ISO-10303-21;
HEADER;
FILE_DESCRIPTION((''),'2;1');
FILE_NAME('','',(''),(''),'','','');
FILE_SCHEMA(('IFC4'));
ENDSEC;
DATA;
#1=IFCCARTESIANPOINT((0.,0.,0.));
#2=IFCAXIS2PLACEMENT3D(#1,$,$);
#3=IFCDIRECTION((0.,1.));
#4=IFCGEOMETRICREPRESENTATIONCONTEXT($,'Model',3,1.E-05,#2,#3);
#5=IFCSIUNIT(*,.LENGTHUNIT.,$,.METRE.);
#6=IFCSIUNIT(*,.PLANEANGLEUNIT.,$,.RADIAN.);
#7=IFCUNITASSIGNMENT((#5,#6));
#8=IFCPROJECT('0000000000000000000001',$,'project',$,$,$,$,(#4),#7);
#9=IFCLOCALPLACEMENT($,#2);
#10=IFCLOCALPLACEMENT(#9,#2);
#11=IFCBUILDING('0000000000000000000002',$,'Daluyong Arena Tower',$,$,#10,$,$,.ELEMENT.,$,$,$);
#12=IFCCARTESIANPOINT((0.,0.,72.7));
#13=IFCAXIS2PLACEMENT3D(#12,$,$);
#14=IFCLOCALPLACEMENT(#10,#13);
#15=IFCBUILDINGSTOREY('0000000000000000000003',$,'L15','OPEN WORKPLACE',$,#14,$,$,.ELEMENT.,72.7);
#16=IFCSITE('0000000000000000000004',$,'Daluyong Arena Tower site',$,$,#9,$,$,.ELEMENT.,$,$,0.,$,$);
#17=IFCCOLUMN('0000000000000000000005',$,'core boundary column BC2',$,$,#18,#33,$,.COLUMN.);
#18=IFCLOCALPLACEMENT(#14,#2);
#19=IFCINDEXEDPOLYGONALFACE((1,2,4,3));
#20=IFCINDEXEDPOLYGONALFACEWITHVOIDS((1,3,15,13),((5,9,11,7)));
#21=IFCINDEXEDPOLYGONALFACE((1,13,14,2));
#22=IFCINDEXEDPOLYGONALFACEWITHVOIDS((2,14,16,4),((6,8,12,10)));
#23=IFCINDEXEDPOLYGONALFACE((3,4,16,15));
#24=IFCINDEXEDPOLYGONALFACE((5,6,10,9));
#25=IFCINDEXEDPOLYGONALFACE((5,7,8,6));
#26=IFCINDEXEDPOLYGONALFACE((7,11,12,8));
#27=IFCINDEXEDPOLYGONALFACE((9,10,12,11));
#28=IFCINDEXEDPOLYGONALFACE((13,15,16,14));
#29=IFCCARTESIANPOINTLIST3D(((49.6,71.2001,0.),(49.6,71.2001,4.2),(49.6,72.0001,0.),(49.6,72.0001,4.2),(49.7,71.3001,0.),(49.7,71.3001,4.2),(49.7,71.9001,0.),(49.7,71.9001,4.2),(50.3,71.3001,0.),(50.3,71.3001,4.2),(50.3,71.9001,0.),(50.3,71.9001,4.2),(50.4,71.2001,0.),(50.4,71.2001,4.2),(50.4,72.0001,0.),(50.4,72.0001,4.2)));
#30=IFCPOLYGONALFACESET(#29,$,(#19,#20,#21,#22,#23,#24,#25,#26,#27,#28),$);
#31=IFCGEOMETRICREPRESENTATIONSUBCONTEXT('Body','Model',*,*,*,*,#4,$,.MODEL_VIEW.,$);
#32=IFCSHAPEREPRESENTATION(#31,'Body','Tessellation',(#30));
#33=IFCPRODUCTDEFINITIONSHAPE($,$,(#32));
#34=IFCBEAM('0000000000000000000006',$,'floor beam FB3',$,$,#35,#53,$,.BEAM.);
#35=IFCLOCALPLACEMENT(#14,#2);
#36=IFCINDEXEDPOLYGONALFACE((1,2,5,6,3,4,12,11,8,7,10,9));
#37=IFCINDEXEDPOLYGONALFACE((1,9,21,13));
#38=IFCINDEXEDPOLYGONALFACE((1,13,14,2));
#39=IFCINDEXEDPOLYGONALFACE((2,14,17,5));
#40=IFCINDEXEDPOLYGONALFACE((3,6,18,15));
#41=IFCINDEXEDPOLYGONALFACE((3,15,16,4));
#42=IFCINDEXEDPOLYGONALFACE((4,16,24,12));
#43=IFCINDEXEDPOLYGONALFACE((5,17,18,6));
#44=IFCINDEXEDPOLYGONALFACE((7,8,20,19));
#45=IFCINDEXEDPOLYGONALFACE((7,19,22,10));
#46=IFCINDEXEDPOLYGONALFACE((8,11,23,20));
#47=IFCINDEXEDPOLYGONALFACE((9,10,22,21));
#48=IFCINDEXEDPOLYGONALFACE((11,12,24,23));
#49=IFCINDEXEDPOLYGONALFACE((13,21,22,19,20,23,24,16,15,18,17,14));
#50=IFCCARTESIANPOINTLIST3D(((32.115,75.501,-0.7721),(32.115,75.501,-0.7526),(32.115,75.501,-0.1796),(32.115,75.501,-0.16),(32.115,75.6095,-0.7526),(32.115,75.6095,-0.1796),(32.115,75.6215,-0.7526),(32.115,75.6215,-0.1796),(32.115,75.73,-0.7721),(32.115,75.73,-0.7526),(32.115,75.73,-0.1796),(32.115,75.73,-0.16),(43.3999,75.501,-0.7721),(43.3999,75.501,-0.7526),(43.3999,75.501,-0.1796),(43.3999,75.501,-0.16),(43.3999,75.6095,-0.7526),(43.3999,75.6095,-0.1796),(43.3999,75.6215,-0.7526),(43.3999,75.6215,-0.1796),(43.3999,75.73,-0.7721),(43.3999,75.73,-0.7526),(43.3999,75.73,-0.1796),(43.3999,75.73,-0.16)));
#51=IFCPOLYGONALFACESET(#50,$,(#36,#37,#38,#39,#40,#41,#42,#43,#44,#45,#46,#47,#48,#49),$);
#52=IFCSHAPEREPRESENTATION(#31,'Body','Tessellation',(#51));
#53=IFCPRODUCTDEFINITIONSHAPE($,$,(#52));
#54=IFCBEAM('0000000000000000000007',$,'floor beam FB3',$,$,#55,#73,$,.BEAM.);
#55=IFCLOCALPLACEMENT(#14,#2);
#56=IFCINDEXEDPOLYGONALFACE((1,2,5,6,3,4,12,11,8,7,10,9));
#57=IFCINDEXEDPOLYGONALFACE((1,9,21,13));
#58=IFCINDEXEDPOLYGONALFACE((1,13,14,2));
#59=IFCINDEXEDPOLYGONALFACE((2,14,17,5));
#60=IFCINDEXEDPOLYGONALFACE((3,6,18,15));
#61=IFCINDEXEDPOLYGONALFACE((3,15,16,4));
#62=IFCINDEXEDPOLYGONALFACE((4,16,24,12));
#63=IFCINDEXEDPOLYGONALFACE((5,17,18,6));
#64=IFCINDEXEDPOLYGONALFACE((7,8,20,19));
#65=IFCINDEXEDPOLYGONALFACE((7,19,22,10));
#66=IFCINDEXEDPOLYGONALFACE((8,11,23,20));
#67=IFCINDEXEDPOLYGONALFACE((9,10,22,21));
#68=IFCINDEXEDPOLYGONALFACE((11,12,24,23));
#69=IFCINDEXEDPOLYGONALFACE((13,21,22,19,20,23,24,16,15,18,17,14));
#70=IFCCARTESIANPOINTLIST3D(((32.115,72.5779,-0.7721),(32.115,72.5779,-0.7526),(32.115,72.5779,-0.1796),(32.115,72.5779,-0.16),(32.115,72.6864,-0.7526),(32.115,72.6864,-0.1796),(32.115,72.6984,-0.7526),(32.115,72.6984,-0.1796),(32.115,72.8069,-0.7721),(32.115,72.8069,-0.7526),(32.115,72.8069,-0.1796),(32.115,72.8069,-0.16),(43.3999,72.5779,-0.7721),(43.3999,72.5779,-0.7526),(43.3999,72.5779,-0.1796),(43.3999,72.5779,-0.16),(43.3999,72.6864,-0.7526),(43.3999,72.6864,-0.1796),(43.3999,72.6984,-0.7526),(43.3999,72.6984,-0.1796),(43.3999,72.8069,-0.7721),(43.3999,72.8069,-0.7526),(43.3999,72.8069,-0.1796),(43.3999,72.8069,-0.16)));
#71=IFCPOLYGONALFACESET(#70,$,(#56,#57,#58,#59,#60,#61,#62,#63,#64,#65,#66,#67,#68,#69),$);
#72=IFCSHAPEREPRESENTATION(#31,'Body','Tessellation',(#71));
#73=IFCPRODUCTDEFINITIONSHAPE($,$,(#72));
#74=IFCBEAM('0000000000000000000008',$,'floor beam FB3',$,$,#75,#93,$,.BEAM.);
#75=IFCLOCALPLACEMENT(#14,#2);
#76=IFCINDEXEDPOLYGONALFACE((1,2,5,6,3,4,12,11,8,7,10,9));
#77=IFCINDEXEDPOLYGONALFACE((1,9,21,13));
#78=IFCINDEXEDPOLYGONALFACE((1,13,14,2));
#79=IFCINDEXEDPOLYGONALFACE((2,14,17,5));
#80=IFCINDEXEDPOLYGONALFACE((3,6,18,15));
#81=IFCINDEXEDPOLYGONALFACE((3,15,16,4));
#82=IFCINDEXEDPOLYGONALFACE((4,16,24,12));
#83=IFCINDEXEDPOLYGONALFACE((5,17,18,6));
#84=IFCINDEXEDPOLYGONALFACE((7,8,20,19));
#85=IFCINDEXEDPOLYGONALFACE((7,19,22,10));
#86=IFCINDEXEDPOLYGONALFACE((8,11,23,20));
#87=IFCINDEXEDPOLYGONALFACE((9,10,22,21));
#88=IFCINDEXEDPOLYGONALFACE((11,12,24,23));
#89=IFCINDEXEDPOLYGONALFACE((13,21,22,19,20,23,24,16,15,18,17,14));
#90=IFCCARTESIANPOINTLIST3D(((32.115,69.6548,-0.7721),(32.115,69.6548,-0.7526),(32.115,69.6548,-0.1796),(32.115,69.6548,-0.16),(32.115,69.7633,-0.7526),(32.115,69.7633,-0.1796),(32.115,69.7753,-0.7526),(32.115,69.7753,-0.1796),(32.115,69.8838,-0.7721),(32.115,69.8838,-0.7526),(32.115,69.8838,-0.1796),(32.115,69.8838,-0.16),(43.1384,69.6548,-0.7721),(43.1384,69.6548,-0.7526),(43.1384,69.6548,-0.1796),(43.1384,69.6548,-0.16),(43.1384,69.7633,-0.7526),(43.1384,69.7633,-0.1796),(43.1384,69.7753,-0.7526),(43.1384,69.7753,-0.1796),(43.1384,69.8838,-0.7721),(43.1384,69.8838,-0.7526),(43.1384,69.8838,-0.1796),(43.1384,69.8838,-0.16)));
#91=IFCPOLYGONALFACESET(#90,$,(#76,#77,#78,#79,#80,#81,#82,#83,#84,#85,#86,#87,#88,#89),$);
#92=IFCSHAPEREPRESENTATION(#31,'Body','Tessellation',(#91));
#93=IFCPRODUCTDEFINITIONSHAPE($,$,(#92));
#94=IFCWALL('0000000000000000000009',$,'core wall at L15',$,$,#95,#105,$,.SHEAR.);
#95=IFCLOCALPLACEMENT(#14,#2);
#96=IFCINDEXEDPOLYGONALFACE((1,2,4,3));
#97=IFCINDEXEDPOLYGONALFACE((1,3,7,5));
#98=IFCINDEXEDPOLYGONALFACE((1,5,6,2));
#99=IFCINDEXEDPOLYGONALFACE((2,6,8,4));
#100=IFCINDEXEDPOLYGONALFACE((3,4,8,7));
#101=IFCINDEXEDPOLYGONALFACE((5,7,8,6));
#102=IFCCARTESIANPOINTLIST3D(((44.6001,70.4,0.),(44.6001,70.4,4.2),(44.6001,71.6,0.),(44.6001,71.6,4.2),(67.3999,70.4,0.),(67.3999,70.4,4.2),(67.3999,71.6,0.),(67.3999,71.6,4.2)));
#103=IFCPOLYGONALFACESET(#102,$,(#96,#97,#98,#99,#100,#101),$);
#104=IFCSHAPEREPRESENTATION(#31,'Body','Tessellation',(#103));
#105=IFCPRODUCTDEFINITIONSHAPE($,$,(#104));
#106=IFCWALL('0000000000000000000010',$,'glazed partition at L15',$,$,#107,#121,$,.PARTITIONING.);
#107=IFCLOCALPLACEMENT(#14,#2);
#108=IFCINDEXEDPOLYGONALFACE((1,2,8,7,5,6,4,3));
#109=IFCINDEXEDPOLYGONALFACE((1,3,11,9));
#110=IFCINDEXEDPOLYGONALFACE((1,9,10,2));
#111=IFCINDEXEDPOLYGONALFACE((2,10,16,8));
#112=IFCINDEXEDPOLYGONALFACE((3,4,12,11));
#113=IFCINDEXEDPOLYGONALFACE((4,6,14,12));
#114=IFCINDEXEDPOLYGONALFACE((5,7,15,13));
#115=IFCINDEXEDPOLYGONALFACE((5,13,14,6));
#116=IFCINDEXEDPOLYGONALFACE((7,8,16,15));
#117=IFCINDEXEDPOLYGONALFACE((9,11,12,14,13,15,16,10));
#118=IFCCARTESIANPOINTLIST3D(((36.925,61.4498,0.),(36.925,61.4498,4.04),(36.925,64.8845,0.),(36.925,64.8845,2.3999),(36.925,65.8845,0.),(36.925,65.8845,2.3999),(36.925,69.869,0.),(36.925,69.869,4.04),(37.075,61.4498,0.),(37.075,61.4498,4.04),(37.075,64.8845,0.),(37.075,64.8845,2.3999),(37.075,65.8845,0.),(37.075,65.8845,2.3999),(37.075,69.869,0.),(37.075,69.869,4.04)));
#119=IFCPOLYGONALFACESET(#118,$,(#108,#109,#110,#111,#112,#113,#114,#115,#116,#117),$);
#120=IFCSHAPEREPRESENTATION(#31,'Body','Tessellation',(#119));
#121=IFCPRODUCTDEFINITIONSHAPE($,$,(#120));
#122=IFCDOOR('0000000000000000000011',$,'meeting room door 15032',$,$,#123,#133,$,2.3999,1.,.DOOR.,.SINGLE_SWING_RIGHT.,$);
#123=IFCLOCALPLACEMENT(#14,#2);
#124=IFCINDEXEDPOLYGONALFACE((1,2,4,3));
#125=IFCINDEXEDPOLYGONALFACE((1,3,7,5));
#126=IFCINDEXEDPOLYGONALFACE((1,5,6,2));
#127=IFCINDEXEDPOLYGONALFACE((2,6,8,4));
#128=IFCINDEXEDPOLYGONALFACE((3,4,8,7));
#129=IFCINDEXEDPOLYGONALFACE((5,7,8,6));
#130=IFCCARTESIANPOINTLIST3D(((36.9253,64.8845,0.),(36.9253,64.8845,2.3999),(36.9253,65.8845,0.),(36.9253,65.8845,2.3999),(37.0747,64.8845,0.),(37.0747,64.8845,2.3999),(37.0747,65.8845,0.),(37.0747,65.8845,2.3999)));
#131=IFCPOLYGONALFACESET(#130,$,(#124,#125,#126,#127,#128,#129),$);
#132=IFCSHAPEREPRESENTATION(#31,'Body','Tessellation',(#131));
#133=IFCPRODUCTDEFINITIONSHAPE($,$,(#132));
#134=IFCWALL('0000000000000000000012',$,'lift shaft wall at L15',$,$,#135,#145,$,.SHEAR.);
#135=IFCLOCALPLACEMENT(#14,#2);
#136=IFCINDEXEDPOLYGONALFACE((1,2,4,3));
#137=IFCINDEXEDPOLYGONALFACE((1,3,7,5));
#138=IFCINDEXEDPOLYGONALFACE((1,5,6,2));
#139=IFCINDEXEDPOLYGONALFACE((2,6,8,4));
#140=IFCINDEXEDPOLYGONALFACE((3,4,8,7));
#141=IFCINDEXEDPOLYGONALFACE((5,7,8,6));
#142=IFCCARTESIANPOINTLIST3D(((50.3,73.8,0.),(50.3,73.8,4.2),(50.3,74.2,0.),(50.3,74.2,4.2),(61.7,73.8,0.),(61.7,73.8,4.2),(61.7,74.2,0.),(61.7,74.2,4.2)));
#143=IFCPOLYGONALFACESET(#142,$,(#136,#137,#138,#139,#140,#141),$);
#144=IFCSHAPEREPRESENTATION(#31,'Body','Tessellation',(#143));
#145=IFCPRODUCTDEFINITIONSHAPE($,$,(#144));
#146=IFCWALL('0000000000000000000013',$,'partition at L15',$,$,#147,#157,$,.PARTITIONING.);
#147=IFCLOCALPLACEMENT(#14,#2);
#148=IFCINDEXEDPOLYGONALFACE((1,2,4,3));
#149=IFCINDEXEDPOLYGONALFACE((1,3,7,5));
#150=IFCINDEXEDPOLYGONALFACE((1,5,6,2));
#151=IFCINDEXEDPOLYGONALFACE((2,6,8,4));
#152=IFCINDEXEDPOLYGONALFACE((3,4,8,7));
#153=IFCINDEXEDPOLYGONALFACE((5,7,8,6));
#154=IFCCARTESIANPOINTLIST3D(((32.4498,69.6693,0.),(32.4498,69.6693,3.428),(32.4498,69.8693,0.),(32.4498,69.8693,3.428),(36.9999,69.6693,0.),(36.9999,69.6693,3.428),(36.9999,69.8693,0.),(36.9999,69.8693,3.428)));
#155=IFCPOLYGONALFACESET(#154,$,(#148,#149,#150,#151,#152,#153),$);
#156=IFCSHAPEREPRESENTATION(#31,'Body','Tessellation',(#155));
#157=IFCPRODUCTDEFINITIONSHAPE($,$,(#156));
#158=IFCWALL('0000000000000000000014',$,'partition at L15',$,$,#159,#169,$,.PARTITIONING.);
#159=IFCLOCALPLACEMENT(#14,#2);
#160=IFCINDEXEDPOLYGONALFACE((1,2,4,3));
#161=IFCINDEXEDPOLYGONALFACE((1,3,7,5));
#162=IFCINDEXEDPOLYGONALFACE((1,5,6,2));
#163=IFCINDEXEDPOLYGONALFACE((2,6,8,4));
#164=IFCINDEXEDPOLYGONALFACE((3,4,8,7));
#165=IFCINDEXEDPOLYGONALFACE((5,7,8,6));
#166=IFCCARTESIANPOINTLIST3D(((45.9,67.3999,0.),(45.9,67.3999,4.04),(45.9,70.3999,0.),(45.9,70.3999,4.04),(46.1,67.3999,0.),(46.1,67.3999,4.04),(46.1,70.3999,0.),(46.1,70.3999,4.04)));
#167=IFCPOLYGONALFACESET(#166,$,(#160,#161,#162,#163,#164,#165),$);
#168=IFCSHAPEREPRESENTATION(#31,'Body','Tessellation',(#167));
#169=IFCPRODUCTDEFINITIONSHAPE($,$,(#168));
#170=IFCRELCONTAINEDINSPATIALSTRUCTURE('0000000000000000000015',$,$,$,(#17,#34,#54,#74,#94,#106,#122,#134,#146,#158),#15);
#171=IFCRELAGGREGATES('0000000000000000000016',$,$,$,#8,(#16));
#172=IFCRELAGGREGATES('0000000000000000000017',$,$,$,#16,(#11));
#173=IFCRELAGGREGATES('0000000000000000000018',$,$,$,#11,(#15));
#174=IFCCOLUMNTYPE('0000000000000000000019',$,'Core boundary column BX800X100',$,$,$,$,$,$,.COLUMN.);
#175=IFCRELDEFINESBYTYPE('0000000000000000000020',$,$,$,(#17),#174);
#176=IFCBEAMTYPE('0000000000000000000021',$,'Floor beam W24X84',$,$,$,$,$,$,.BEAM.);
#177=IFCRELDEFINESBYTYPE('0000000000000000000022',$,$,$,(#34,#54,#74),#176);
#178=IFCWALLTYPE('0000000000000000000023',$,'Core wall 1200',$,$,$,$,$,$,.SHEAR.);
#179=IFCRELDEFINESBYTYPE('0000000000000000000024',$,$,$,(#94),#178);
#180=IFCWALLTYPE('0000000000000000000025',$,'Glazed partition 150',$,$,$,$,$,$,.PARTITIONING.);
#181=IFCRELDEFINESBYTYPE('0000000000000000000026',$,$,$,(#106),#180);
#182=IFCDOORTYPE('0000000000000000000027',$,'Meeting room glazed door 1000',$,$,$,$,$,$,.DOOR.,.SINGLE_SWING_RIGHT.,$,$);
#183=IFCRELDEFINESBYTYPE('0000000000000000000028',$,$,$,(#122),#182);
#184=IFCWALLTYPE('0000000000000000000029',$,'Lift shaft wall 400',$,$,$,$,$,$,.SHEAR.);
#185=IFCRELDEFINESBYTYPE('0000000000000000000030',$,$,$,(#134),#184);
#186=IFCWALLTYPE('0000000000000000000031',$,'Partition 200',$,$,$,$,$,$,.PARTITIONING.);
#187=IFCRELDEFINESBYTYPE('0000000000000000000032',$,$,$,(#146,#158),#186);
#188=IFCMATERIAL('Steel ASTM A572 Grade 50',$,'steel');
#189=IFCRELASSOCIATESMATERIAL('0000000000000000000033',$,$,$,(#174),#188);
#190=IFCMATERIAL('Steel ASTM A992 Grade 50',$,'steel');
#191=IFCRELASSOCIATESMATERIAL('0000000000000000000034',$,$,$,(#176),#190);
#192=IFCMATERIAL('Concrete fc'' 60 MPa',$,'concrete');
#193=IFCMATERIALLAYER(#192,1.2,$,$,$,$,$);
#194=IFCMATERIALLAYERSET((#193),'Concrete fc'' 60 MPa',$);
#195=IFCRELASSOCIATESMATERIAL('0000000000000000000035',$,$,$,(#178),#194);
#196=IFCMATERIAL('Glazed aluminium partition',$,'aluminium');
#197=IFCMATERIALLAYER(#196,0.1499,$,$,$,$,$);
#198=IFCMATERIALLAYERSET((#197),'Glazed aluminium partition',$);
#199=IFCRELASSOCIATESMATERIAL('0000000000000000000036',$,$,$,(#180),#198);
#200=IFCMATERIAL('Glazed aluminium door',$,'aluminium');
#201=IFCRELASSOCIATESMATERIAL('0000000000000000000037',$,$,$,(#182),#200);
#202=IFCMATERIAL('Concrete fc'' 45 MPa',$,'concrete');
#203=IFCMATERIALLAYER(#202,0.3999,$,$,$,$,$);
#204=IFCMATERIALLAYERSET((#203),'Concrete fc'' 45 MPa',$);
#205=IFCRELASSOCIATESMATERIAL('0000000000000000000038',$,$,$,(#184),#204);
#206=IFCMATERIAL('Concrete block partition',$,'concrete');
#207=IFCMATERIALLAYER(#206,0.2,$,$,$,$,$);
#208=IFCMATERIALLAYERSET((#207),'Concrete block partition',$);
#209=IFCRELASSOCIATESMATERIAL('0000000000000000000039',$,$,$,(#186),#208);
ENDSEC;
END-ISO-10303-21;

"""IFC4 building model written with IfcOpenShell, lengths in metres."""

from ifc_helpers import new_model, si_unit, direction, frame, frame_2d, origin, origin_2d, place, context, subcontext, project, spatial, rectangle, hollow_rectangle, i_section, extrude, material, layer, layer_set, material_profile, profile_set, type_object, element, fill, save


model = new_model("IFC4")

# Units and contexts
model_context = context("Model", 3, precision=1e-05, world=origin(), true_north=direction((0.0, 1.0)))
body_context = subcontext(model_context, "Body", "Model", "MODEL_VIEW")
ifc_project = project(units=[si_unit("LENGTHUNIT", "METRE"), si_unit("PLANEANGLEUNIT", "RADIAN")], contexts=[model_context])

# Site, building, storey
site_placement = place(None, origin())
site = spatial("IfcSite", under=ifc_project, at=site_placement, Name="Daluyong Arena Tower site", CompositionType="ELEMENT", RefElevation=0.0)
building_placement = place(site_placement, origin())
building = spatial("IfcBuilding", under=site, at=building_placement, Name="Daluyong Arena Tower", CompositionType="ELEMENT")
storey_placement = place(building_placement, frame((0.0, 0.0, 72.7)))
storey = spatial("IfcBuildingStorey", under=building, at=storey_placement, Name="L15", Description="OPEN WORKPLACE", CompositionType="ELEMENT", Elevation=72.7)

# Column
ifc_material_1 = material(Name="Steel ASTM A572 Grade 50", Category="steel")
ifc_material_profile_1 = material_profile(ifc_material_1, hollow_rectangle(XDim=0.8, YDim=0.8, WallThickness=0.1, at=origin_2d()))
ifc_profile_set_1 = profile_set([ifc_material_profile_1], Name="Steel ASTM A572 Grade 50")
column_type = type_object("IfcColumnType", Name="Core boundary column BX800X100", PredefinedType="COLUMN", material=ifc_profile_set_1)
column_placement = place(storey_placement, frame((50.0, 71.6001, 0.0), z_axis=(0.0, 0.0, 1.0), x_axis=(1.0, 0.0, 0.0)))
element("IfcColumn", 1, at=column_placement, inside=storey, type_object=column_type, Name="core boundary column BC2", PredefinedType="COLUMN", context=body_context, shape_type="SweptSolid", body=[
    extrude(hollow_rectangle(XDim=0.8, YDim=0.8, WallThickness=0.1, at=origin_2d()), origin(), (0.0, 0.0, 1.0), 4.2),
])

# Beams
ifc_material_2 = material(Name="Steel ASTM A992 Grade 50", Category="steel")
ifc_material_profile_2 = material_profile(ifc_material_2, i_section(OverallWidth=0.229, OverallDepth=0.6121, WebThickness=0.012, FlangeThickness=0.0195, at=origin_2d()))
ifc_profile_set_2 = profile_set([ifc_material_profile_2], Name="Steel ASTM A992 Grade 50")
beam_type = type_object("IfcBeamType", Name="Floor beam W24X84", PredefinedType="BEAM", material=ifc_profile_set_2)
for number, where, z_axis, x_axis, name in (
    (2, (32.115, 75.6155, -0.4661), (1.0, 0.0, 0.0), (0.0, 1.0, 0.0), "floor beam FB3"),
    (3, (32.115, 72.6924, -0.4661), (1.0, 0.0, 0.0), (0.0, 1.0, 0.0), "floor beam FB3"),
):
    element("IfcBeam", number, at=place(storey_placement, frame(where, z_axis=z_axis, x_axis=x_axis)), inside=storey, type_object=beam_type, Name=name, PredefinedType="BEAM", context=body_context, shape_type="SweptSolid", body=[
        extrude(i_section(OverallWidth=0.229, OverallDepth=0.6121, WebThickness=0.012, FlangeThickness=0.0195, at=origin_2d()), origin(), (0.0, 0.0, 1.0), 11.2849),
    ])
beam_placement = place(storey_placement, frame((32.115, 69.7693, -0.4661), z_axis=(1.0, 0.0, 0.0), x_axis=(0.0, 1.0, 0.0)))
element("IfcBeam", 4, at=beam_placement, inside=storey, type_object=beam_type, Name="floor beam FB3", PredefinedType="BEAM", context=body_context, shape_type="SweptSolid", body=[
    extrude(i_section(OverallWidth=0.229, OverallDepth=0.6121, WebThickness=0.012, FlangeThickness=0.0195, at=origin_2d()), origin(), (0.0, 0.0, 1.0), 11.0234),
])

# Shared definitions
ifc_material_3 = material(Name="Concrete fc' 60 MPa", Category="concrete")
ifc_layer_1 = layer(ifc_material_3, 1.2)
ifc_layer_set_1 = layer_set([ifc_layer_1], Name="Concrete fc' 60 MPa")
wall_type_1 = type_object("IfcWallType", Name="Core wall 1200", PredefinedType="SHEAR", material=ifc_layer_set_1)

# Wall
wall_1_placement = place(storey_placement, frame((44.6001, 71.0, 0.0), z_axis=(0.0, 0.0, 1.0), x_axis=(1.0, 0.0, 0.0)))
element("IfcWall", 5, at=wall_1_placement, inside=storey, type_object=wall_type_1, Name="core wall at L15", PredefinedType="SHEAR", context=body_context, shape_type="SweptSolid", body=[
    extrude(rectangle(XDim=22.7998, YDim=1.2, at=frame_2d((11.3999, 0.0))), origin(), (0.0, 0.0, 1.0), 4.2),
])

# Wall, opening, door
ifc_material_4 = material(Name="Glazed aluminium partition", Category="aluminium")
ifc_layer_2 = layer(ifc_material_4, 0.1499)
ifc_layer_set_2 = layer_set([ifc_layer_2], Name="Glazed aluminium partition")
wall_type_2 = type_object("IfcWallType", Name="Glazed partition 150", PredefinedType="PARTITIONING", material=ifc_layer_set_2)
wall_2_placement = place(storey_placement, frame((37.0, 61.45, 0.0), z_axis=(0.0, 0.0, 1.0), x_axis=(0.0, 1.0, 0.0)))
wall_2 = element("IfcWall", 6, at=wall_2_placement, inside=storey, type_object=wall_type_2, Name="glazed partition at L15", PredefinedType="PARTITIONING", context=body_context, shape_type="SweptSolid", body=[
    extrude(rectangle(XDim=8.4192, YDim=0.1499, at=frame_2d((4.2095, 0.0))), origin(), (0.0, 0.0, 1.0), 4.04),
])
opening_1_placement = place(wall_2_placement, frame((3.4346, 0.0, 0.0)))
opening_1 = element("IfcOpeningElement", 7, at=opening_1_placement, cuts=wall_2, PredefinedType="OPENING", context=body_context, shape_type="SweptSolid", body=[
    extrude(rectangle(XDim=1.0, YDim=2.3999, at=frame_2d((0.5, 1.2))), frame((0.0, 0.085, 0.0), z_axis=(0.0, -1.0, 0.0), x_axis=(1.0, 0.0, 0.0)), (0.0, 0.0, 1.0), 0.1699),
])
ifc_material_5 = material(Name="Glazed aluminium door", Category="aluminium")
door_type_1 = type_object("IfcDoorType", Name="Meeting room glazed door 1000", OperationType="SINGLE_SWING_RIGHT", PredefinedType="DOOR", material=ifc_material_5)
door_1_placement = place(opening_1_placement, origin())
door_1 = element("IfcDoor", 8, at=door_1_placement, inside=storey, type_object=door_type_1, Name="meeting room door 15032", OperationType="SINGLE_SWING_RIGHT", OverallHeight=2.3999, OverallWidth=1.0, PredefinedType="DOOR", context=body_context, shape_type="SweptSolid", body=[
    extrude(rectangle(XDim=1.0, YDim=2.3999, at=frame_2d((0.5, 1.2))), frame((0.0, 0.0747, 0.0), z_axis=(0.0, -1.0, 0.0), x_axis=(1.0, 0.0, 0.0)), (0.0, 0.0, 1.0), 0.1494),
])
fill(opening_1, door_1)

# Walls
ifc_material_6 = material(Name="Concrete fc' 45 MPa", Category="concrete")
ifc_layer_3 = layer(ifc_material_6, 0.3999)
ifc_layer_set_3 = layer_set([ifc_layer_3], Name="Concrete fc' 45 MPa")
wall_type_3 = type_object("IfcWallType", Name="Lift shaft wall 400", PredefinedType="SHEAR", material=ifc_layer_set_3)
wall_3_placement = place(storey_placement, frame((50.3, 74.0, 0.0), z_axis=(0.0, 0.0, 1.0), x_axis=(1.0, 0.0, 0.0)))
element("IfcWall", 9, at=wall_3_placement, inside=storey, type_object=wall_type_3, Name="lift shaft wall at L15", PredefinedType="SHEAR", context=body_context, shape_type="SweptSolid", body=[
    extrude(rectangle(XDim=11.3999, YDim=0.3999, at=frame_2d((5.7, 0.0))), origin(), (0.0, 0.0, 1.0), 4.2),
])
ifc_material_7 = material(Name="Concrete block partition", Category="concrete")
ifc_layer_4 = layer(ifc_material_7, 0.2)
ifc_layer_set_4 = layer_set([ifc_layer_4], Name="Concrete block partition")
wall_type_4 = type_object("IfcWallType", Name="Partition 200", PredefinedType="PARTITIONING", material=ifc_layer_set_4)
wall_4_placement = place(storey_placement, frame((32.45, 69.7693, 0.0), z_axis=(0.0, 0.0, 1.0), x_axis=(1.0, 0.0, 0.0)))
element("IfcWall", 10, at=wall_4_placement, inside=storey, type_object=wall_type_4, Name="partition at L15", PredefinedType="PARTITIONING", context=body_context, shape_type="SweptSolid", body=[
    extrude(rectangle(XDim=4.55, YDim=0.2, at=frame_2d((2.2749, 0.0))), origin(), (0.0, 0.0, 1.0), 3.428),
])
wall_5_placement = place(storey_placement, frame((46.0, 67.3999, 0.0), z_axis=(0.0, 0.0, 1.0), x_axis=(0.0, 1.0, 0.0)))
element("IfcWall", 11, at=wall_5_placement, inside=storey, type_object=wall_type_4, Name="partition at L15", PredefinedType="PARTITIONING", context=body_context, shape_type="SweptSolid", body=[
    extrude(rectangle(XDim=3.0, YDim=0.2, at=frame_2d((1.5, 0.0))), origin(), (0.0, 0.0, 1.0), 4.04),
])

save(model, "model.ifc")
